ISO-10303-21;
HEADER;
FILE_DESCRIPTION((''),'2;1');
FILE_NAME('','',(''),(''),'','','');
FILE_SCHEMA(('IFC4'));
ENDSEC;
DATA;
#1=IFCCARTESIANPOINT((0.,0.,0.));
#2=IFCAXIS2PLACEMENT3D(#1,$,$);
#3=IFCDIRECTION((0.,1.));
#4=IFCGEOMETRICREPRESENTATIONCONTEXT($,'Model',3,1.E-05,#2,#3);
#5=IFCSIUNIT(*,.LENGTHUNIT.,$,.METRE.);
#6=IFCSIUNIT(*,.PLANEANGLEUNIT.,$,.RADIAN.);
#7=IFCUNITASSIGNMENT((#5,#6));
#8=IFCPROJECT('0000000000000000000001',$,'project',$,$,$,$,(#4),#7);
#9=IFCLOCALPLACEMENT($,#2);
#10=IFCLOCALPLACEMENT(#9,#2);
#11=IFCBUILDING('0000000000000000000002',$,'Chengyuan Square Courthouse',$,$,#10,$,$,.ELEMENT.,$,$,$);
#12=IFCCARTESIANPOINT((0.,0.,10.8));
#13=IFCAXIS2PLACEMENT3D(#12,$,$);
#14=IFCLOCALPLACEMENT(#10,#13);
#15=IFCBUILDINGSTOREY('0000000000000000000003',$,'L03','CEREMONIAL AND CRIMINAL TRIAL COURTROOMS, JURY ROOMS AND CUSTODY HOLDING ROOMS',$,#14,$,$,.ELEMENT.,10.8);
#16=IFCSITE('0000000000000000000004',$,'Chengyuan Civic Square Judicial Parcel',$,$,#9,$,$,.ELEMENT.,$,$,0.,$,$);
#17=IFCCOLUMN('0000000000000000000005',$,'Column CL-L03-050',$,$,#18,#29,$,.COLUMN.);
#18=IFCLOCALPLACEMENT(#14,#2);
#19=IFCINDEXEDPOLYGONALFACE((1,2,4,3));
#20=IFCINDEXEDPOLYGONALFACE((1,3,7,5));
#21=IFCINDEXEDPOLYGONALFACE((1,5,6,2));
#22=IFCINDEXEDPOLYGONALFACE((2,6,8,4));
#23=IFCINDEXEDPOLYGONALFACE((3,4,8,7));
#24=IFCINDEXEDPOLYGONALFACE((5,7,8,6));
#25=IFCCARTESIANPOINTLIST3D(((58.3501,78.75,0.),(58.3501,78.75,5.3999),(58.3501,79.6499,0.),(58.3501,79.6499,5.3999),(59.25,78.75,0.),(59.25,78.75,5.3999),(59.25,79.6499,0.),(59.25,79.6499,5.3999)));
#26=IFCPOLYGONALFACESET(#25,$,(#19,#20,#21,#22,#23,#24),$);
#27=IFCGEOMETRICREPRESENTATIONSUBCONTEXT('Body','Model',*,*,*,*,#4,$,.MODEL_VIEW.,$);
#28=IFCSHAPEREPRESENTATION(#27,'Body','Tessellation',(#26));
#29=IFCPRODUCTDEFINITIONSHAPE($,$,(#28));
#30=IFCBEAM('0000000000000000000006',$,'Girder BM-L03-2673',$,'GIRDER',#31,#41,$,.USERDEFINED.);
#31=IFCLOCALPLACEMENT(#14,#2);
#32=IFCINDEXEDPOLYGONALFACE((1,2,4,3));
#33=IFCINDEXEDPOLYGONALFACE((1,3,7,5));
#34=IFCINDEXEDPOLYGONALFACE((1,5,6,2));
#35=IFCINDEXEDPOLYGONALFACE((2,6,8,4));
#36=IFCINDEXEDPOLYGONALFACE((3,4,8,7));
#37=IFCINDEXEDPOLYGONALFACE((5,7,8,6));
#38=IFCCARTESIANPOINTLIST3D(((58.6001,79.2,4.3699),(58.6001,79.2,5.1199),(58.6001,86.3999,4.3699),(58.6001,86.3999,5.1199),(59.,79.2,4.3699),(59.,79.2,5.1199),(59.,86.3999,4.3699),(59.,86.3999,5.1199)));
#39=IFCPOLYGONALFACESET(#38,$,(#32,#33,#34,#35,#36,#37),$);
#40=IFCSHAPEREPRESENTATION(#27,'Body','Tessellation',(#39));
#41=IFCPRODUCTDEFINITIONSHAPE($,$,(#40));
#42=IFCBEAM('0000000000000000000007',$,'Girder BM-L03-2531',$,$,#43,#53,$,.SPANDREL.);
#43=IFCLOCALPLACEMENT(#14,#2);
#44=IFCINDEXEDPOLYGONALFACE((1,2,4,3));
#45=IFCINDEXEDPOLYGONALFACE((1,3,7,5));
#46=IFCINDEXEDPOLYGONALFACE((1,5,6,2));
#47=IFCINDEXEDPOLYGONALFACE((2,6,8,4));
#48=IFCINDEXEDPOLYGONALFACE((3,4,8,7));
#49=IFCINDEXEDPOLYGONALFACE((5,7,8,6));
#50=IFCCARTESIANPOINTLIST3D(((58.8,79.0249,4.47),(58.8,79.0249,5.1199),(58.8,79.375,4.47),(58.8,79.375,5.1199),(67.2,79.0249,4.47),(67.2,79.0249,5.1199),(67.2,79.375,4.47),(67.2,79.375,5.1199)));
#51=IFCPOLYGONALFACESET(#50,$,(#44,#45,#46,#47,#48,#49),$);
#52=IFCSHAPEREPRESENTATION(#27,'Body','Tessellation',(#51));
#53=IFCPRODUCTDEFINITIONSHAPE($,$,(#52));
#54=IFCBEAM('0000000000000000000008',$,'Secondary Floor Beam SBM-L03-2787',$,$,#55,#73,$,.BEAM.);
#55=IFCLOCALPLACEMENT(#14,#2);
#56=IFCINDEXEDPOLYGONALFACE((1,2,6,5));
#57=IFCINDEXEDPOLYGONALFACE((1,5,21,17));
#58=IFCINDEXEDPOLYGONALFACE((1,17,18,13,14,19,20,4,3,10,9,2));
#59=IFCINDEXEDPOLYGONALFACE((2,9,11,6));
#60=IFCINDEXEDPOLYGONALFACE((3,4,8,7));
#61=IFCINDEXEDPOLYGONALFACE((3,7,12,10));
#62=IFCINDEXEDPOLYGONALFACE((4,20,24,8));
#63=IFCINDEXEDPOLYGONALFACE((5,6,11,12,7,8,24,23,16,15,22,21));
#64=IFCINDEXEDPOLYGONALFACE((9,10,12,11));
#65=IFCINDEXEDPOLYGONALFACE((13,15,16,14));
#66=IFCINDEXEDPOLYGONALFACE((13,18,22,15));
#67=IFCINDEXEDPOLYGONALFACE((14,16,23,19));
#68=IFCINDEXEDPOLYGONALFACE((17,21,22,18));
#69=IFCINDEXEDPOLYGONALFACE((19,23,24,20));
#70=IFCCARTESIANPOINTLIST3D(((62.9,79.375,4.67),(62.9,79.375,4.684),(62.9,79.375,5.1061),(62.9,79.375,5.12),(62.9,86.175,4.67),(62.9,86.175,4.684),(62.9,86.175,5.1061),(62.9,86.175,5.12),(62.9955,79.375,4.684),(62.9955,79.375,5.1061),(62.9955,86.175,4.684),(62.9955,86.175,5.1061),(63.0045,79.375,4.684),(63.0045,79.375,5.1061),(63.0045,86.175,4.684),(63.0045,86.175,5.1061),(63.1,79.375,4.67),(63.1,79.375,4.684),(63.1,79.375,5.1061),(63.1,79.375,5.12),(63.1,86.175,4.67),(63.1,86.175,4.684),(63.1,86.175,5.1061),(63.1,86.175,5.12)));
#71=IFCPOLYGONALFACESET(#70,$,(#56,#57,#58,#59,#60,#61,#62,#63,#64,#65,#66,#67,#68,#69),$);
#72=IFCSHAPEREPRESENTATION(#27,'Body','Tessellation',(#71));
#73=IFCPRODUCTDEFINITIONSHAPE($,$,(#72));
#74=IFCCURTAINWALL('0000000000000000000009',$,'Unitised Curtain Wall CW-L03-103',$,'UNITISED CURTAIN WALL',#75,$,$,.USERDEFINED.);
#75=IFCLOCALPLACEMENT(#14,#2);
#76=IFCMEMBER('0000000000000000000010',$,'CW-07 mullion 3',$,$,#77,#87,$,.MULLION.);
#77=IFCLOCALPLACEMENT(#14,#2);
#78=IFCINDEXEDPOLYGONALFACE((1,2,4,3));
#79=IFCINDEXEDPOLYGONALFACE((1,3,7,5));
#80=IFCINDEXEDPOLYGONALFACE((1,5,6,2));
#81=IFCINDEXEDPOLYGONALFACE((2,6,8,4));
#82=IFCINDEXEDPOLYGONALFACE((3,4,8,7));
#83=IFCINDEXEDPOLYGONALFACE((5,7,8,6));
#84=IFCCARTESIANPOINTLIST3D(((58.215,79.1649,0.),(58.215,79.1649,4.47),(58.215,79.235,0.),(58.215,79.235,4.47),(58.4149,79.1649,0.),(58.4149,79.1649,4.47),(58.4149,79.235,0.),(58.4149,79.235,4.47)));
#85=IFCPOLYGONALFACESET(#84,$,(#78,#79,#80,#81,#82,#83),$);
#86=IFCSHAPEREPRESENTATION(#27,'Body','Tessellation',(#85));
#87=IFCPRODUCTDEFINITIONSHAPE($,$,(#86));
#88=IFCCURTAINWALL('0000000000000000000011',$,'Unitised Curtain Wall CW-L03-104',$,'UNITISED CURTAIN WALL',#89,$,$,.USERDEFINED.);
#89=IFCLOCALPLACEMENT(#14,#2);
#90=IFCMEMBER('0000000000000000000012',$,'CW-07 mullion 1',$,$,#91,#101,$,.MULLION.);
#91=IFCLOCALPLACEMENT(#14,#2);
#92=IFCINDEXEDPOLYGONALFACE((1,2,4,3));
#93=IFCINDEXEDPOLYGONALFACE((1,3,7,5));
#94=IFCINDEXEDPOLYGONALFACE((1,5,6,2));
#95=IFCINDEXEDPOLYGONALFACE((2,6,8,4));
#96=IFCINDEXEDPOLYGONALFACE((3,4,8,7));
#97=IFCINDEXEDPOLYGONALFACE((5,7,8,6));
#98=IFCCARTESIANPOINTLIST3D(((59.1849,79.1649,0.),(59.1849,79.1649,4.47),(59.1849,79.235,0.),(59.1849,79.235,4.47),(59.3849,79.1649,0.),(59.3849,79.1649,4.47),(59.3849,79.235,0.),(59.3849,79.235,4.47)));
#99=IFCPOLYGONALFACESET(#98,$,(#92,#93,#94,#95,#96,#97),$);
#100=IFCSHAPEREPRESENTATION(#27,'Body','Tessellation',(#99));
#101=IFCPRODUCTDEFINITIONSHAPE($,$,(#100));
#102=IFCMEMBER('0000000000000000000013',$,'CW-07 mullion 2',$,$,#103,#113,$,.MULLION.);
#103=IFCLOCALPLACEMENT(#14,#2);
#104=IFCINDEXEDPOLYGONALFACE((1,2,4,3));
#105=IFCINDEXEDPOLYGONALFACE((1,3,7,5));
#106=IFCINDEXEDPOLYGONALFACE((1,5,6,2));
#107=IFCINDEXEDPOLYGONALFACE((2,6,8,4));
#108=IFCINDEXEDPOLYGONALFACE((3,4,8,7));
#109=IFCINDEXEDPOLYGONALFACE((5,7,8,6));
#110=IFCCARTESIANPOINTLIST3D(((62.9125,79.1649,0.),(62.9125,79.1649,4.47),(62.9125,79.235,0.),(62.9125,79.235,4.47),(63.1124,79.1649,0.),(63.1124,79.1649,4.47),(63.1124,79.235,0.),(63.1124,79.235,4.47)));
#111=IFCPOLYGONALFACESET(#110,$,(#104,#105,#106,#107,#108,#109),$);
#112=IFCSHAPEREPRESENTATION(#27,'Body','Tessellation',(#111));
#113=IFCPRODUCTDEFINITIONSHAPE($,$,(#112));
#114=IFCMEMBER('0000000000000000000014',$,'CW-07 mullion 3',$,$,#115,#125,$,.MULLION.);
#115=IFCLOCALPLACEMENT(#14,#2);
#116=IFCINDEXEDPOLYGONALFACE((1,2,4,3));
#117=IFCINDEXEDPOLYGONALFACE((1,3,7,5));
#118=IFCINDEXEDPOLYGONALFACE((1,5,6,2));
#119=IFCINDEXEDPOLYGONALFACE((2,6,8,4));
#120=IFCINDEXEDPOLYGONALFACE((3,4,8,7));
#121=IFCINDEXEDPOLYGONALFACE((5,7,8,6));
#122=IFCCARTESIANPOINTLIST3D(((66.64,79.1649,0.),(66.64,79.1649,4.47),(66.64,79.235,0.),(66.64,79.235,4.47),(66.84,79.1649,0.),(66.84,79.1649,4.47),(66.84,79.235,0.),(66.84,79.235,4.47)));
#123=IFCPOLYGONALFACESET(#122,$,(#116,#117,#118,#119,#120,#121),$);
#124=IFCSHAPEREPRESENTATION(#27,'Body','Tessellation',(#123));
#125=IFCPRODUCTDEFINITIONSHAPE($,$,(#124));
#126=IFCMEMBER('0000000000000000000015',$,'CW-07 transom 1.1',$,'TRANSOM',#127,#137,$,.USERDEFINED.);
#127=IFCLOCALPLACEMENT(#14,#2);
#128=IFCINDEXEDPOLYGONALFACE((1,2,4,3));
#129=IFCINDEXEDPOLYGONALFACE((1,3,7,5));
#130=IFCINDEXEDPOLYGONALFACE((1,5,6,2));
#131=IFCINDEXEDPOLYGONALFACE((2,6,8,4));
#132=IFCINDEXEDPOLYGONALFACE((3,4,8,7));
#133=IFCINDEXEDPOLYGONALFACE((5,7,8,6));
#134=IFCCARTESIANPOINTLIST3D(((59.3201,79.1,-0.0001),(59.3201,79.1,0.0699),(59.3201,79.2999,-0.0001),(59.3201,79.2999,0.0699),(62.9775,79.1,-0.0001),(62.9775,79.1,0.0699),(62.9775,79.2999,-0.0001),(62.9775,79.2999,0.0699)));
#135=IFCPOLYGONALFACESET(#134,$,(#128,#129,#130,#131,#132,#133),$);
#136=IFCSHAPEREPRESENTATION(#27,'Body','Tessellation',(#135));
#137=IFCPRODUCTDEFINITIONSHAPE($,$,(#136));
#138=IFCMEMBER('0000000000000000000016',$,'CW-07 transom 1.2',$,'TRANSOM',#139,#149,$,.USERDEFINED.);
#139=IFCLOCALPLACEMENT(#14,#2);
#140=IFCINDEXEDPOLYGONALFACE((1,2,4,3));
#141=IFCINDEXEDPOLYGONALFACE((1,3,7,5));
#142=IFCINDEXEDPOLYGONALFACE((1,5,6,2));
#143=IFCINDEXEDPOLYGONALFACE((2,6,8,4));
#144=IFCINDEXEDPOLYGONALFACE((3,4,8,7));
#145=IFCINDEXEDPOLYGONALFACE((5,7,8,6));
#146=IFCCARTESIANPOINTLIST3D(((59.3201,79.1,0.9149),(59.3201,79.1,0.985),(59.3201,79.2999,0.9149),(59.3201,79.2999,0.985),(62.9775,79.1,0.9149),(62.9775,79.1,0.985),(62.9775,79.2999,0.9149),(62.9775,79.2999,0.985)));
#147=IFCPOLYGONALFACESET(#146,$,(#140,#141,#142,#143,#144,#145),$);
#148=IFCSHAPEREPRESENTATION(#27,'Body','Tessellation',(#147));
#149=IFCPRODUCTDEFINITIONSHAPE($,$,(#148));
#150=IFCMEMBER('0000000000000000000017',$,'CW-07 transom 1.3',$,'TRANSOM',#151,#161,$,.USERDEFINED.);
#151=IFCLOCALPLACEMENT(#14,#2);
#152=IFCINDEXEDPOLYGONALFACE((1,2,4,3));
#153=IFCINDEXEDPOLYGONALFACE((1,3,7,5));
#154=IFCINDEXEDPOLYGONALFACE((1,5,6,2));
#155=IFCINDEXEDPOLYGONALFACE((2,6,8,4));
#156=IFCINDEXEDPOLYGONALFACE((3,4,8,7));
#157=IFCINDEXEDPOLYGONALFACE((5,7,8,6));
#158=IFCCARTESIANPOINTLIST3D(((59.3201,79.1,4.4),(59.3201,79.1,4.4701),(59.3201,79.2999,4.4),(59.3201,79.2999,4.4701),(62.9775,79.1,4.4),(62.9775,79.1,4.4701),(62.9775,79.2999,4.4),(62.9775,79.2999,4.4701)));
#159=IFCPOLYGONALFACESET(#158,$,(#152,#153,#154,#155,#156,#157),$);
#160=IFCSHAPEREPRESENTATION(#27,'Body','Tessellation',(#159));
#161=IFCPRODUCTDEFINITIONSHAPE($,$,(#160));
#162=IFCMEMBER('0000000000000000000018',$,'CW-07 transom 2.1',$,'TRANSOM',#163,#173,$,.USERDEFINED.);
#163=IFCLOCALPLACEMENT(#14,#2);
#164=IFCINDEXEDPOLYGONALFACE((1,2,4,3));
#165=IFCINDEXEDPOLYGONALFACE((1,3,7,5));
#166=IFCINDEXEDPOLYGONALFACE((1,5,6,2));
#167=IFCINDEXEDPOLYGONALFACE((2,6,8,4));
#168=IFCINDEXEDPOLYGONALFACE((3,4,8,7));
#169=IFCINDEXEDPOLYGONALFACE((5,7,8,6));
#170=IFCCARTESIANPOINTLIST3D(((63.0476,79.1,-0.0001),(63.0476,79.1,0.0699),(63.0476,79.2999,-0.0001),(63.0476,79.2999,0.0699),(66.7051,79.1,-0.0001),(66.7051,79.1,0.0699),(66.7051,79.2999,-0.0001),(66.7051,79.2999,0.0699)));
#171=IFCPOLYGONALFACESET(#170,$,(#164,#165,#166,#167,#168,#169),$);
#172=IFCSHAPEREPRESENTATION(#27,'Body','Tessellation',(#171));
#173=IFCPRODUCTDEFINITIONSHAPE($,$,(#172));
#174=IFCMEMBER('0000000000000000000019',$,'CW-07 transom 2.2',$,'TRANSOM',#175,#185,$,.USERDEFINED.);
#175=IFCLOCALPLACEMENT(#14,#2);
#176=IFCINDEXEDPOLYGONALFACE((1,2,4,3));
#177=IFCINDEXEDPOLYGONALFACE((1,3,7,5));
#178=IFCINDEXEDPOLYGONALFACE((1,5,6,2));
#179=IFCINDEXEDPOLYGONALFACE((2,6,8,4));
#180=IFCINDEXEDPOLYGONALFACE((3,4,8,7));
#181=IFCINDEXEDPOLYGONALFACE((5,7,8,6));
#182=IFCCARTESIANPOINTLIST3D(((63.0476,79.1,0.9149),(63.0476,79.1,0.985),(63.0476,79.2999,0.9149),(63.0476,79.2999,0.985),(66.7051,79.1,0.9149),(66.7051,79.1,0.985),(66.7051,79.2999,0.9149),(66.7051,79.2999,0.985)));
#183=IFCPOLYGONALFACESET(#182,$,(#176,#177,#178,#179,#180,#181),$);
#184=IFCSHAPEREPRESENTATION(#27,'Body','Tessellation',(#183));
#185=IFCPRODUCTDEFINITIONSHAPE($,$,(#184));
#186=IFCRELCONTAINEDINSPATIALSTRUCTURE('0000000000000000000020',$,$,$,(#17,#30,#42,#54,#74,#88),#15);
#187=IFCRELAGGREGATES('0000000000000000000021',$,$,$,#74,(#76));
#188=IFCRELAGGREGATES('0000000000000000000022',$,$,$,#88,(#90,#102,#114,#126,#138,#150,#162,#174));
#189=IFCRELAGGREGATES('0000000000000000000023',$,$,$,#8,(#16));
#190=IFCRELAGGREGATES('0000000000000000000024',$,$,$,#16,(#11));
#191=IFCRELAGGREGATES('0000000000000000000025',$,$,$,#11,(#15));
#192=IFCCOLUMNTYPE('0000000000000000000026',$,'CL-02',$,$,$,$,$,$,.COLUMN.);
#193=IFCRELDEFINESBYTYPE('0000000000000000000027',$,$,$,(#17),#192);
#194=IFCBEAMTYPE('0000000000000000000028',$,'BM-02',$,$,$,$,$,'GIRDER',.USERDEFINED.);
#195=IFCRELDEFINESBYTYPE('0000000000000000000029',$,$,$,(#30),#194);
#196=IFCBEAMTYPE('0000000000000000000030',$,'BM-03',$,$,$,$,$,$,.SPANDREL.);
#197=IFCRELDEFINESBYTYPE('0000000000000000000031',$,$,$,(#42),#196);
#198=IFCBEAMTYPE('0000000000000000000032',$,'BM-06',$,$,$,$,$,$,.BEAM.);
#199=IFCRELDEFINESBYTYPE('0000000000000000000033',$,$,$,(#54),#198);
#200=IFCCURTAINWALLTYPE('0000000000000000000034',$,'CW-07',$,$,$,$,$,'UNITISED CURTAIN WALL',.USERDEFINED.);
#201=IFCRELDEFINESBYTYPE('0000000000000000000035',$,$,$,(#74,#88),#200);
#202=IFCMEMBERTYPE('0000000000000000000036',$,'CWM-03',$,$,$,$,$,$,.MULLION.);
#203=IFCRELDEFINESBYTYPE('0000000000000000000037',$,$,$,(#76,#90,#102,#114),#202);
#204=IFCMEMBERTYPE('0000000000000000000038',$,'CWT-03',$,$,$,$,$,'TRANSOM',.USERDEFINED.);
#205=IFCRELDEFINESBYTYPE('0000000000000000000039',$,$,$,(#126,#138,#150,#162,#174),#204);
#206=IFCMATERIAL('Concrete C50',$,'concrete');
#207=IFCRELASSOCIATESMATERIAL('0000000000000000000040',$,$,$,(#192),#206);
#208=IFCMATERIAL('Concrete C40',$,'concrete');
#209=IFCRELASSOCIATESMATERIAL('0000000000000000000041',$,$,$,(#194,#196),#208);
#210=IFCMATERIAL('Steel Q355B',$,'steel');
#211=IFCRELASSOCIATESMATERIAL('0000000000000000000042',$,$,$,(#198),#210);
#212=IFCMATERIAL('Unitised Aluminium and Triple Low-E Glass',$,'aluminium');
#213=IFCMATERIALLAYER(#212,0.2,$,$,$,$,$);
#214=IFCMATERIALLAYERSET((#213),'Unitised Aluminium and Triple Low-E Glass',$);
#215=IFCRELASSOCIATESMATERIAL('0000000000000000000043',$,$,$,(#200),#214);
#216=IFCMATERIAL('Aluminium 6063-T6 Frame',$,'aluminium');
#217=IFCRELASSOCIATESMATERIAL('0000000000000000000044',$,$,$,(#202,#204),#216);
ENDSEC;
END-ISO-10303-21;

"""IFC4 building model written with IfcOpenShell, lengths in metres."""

from ifc_helpers import new_model, si_unit, direction, frame, origin, origin_2d, place, context, subcontext, project, spatial, rectangle, i_section, extrude, material, layer, layer_set, material_profile, profile_set, type_object, element, aggregate, save


model = new_model("IFC4")

# Units and contexts
model_context = context("Model", 3, precision=1e-05, world=origin(), true_north=direction((0.0, 1.0)))
body_context = subcontext(model_context, "Body", "Model", "MODEL_VIEW")
ifc_project = project(units=[si_unit("LENGTHUNIT", "METRE"), si_unit("PLANEANGLEUNIT", "RADIAN")], contexts=[model_context])

# Site, building, storey
site_placement = place(None, origin())
site = spatial("IfcSite", under=ifc_project, at=site_placement, Name="Chengyuan Civic Square Judicial Parcel", CompositionType="ELEMENT", RefElevation=0.0)
building_placement = place(site_placement, origin())
building = spatial("IfcBuilding", under=site, at=building_placement, Name="Chengyuan Square Courthouse", CompositionType="ELEMENT")
storey_placement = place(building_placement, frame((0.0, 0.0, 10.8)))
storey = spatial("IfcBuildingStorey", under=building, at=storey_placement, Name="L03", Description="CEREMONIAL AND CRIMINAL TRIAL COURTROOMS, JURY ROOMS AND CUSTODY HOLDING ROOMS", CompositionType="ELEMENT", Elevation=10.8)

# Column
ifc_material_1 = material(Name="Concrete C50", Category="concrete")
ifc_material_profile_1 = material_profile(ifc_material_1, rectangle(XDim=0.8999, YDim=0.8999, at=origin_2d()), Name="RC-COL-900x900")
ifc_profile_set_1 = profile_set([ifc_material_profile_1], Name="Concrete C50")
column_type = type_object("IfcColumnType", Name="CL-02", PredefinedType="COLUMN", material=ifc_profile_set_1)
column_placement = place(storey_placement, frame((58.8, 79.2, 0.0), z_axis=(0.0, 0.0, 1.0), x_axis=(1.0, 0.0, 0.0)))
element("IfcColumn", 1, at=column_placement, inside=storey, type_object=column_type, Name="Column CL-L03-050", PredefinedType="COLUMN", context=body_context, shape_type="SweptSolid", body=[
    extrude(rectangle(XDim=0.8999, YDim=0.8999, at=origin_2d()), origin(), (0.0, 0.0, 1.0), 5.3999),
])

# Beams
ifc_material_2 = material(Name="Concrete C40", Category="concrete")
ifc_material_profile_2 = material_profile(ifc_material_2, rectangle(XDim=0.3999, YDim=0.75, at=origin_2d()), Name="RC-BM-400x750")
ifc_profile_set_2 = profile_set([ifc_material_profile_2], Name="Concrete C40")
beam_type_1 = type_object("IfcBeamType", Name="BM-02", ElementType="GIRDER", PredefinedType="USERDEFINED", material=ifc_profile_set_2)
beam_1_placement = place(storey_placement, frame((58.8, 79.2, 4.7449), z_axis=(0.0, 1.0, 0.0), x_axis=(-1.0, 0.0, 0.0)))
element("IfcBeam", 2, at=beam_1_placement, inside=storey, type_object=beam_type_1, Name="Girder BM-L03-2673", ObjectType="GIRDER", PredefinedType="USERDEFINED", context=body_context, shape_type="SweptSolid", body=[
    extrude(rectangle(XDim=0.3999, YDim=0.75, at=origin_2d()), origin(), (0.0, 0.0, 1.0), 7.2),
])
ifc_material_profile_3 = material_profile(ifc_material_2, rectangle(XDim=0.3501, YDim=0.6499, at=origin_2d()), Name="RC-BM-350x650")
ifc_profile_set_3 = profile_set([ifc_material_profile_3], Name="Concrete C40")
beam_type_2 = type_object("IfcBeamType", Name="BM-03", PredefinedType="SPANDREL", material=ifc_profile_set_3)
beam_2_placement = place(storey_placement, frame((58.8, 79.2, 4.7949), z_axis=(1.0, 0.0, 0.0), x_axis=(0.0, 1.0, 0.0)))
element("IfcBeam", 3, at=beam_2_placement, inside=storey, type_object=beam_type_2, Name="Girder BM-L03-2531", PredefinedType="SPANDREL", context=body_context, shape_type="SweptSolid", body=[
    extrude(rectangle(XDim=0.3501, YDim=0.6499, at=origin_2d()), origin(), (0.0, 0.0, 1.0), 8.3999),
])
ifc_material_3 = material(Name="Steel Q355B", Category="steel")
ifc_material_profile_4 = material_profile(ifc_material_3, i_section(OverallWidth=0.2, OverallDepth=0.45, WebThickness=0.009, FlangeThickness=0.0139, at=origin_2d()), Name="HN 450x200x9x14")
ifc_profile_set_4 = profile_set([ifc_material_profile_4], Name="Steel Q355B")
beam_type_3 = type_object("IfcBeamType", Name="BM-06", PredefinedType="BEAM", material=ifc_profile_set_4)
beam_3_placement = place(storey_placement, frame((63.0, 79.375, 4.895), z_axis=(0.0, 1.0, 0.0), x_axis=(-1.0, 0.0, 0.0)))
element("IfcBeam", 4, at=beam_3_placement, inside=storey, type_object=beam_type_3, Name="Secondary Floor Beam SBM-L03-2787", PredefinedType="BEAM", context=body_context, shape_type="SweptSolid", body=[
    extrude(i_section(OverallWidth=0.2, OverallDepth=0.45, WebThickness=0.009, FlangeThickness=0.0139, at=origin_2d()), origin(), (0.0, 0.0, 1.0), 6.8),
])

# Curtain wall, member
ifc_material_4 = material(Name="Unitised Aluminium and Triple Low-E Glass", Category="aluminium")
ifc_layer_1 = layer(ifc_material_4, 0.2)
ifc_layer_set_1 = layer_set([ifc_layer_1], Name="Unitised Aluminium and Triple Low-E Glass")
curtain_wall_type = type_object("IfcCurtainWallType", Name="CW-07", ElementType="UNITISED CURTAIN WALL", PredefinedType="USERDEFINED", material=ifc_layer_set_1)
curtain_wall_1_placement = place(storey_placement, origin())
curtain_wall_1 = element("IfcCurtainWall", 5, at=curtain_wall_1_placement, inside=storey, type_object=curtain_wall_type, Name="Unitised Curtain Wall CW-L03-103", ObjectType="UNITISED CURTAIN WALL", PredefinedType="USERDEFINED")
ifc_material_5 = material(Name="Aluminium 6063-T6 Frame", Category="aluminium")
ifc_material_profile_5 = material_profile(ifc_material_5, rectangle(XDim=0.0701, YDim=0.2, at=origin_2d()), Name="CW-MUL-70x200")
ifc_profile_set_5 = profile_set([ifc_material_profile_5], Name="Aluminium 6063-T6 Frame")
member_type_1 = type_object("IfcMemberType", Name="CWM-03", PredefinedType="MULLION", material=ifc_profile_set_5)
member_1_placement = place(storey_placement, frame((58.3149, 79.2, 0.0), z_axis=(0.0, 0.0, 1.0), x_axis=(0.0, 1.0, 0.0)))
member_1 = element("IfcMember", 6, at=member_1_placement, type_object=member_type_1, Name="CW-07 mullion 3", PredefinedType="MULLION", context=body_context, shape_type="SweptSolid", body=[
    extrude(rectangle(XDim=0.0701, YDim=0.2, at=origin_2d()), origin(), (0.0, 0.0, 1.0), 4.47),
])
aggregate(curtain_wall_1, [member_1])

# Curtain wall, members
curtain_wall_2_placement = place(storey_placement, origin())
curtain_wall_2 = element("IfcCurtainWall", 7, at=curtain_wall_2_placement, inside=storey, type_object=curtain_wall_type, Name="Unitised Curtain Wall CW-L03-104", ObjectType="UNITISED CURTAIN WALL", PredefinedType="USERDEFINED")
member_2_placement = place(storey_placement, frame((59.2849, 79.2, 0.0), z_axis=(0.0, 0.0, 1.0), x_axis=(0.0, 1.0, 0.0)))
member_2 = element("IfcMember", 8, at=member_2_placement, type_object=member_type_1, Name="CW-07 mullion 1", PredefinedType="MULLION", context=body_context, shape_type="SweptSolid", body=[
    extrude(rectangle(XDim=0.0701, YDim=0.2, at=origin_2d()), origin(), (0.0, 0.0, 1.0), 4.47),
])
member_3_placement = place(storey_placement, frame((63.0125, 79.2, 0.0), z_axis=(0.0, 0.0, 1.0), x_axis=(0.0, 1.0, 0.0)))
member_3 = element("IfcMember", 9, at=member_3_placement, type_object=member_type_1, Name="CW-07 mullion 2", PredefinedType="MULLION", context=body_context, shape_type="SweptSolid", body=[
    extrude(rectangle(XDim=0.0701, YDim=0.2, at=origin_2d()), origin(), (0.0, 0.0, 1.0), 4.47),
])
member_4_placement = place(storey_placement, frame((66.74, 79.2, 0.0), z_axis=(0.0, 0.0, 1.0), x_axis=(0.0, 1.0, 0.0)))
member_4 = element("IfcMember", 10, at=member_4_placement, type_object=member_type_1, Name="CW-07 mullion 3", PredefinedType="MULLION", context=body_context, shape_type="SweptSolid", body=[
    extrude(rectangle(XDim=0.0701, YDim=0.2, at=origin_2d()), origin(), (0.0, 0.0, 1.0), 4.47),
])
ifc_material_profile_6 = material_profile(ifc_material_5, rectangle(XDim=0.2, YDim=0.0701, at=origin_2d()), Name="CW-TRN-70x160")
ifc_profile_set_6 = profile_set([ifc_material_profile_6], Name="Aluminium 6063-T6 Frame")
member_type_2 = type_object("IfcMemberType", Name="CWT-03", ElementType="TRANSOM", PredefinedType="USERDEFINED", material=ifc_profile_set_6)
member_5_placement = place(storey_placement, frame((59.3201, 79.2, 0.0349), z_axis=(1.0, 0.0, 0.0), x_axis=(0.0, 1.0, 0.0)))
member_5 = element("IfcMember", 11, at=member_5_placement, type_object=member_type_2, Name="CW-07 transom 1.1", ObjectType="TRANSOM", PredefinedType="USERDEFINED", context=body_context, shape_type="SweptSolid", body=[
    extrude(rectangle(XDim=0.2, YDim=0.0701, at=origin_2d()), origin(), (0.0, 0.0, 1.0), 3.6575),
])
member_6_placement = place(storey_placement, frame((59.3201, 79.2, 0.95), z_axis=(1.0, 0.0, 0.0), x_axis=(0.0, 1.0, 0.0)))
member_6 = element("IfcMember", 12, at=member_6_placement, type_object=member_type_2, Name="CW-07 transom 1.2", ObjectType="TRANSOM", PredefinedType="USERDEFINED", context=body_context, shape_type="SweptSolid", body=[
    extrude(rectangle(XDim=0.2, YDim=0.0701, at=origin_2d()), origin(), (0.0, 0.0, 1.0), 3.6575),
])
member_7_placement = place(storey_placement, frame((59.3201, 79.2, 4.4351), z_axis=(1.0, 0.0, 0.0), x_axis=(0.0, 1.0, 0.0)))
member_7 = element("IfcMember", 13, at=member_7_placement, type_object=member_type_2, Name="CW-07 transom 1.3", ObjectType="TRANSOM", PredefinedType="USERDEFINED", context=body_context, shape_type="SweptSolid", body=[
    extrude(rectangle(XDim=0.2, YDim=0.0701, at=origin_2d()), origin(), (0.0, 0.0, 1.0), 3.6575),
])
member_8_placement = place(storey_placement, frame((63.0476, 79.2, 0.0349), z_axis=(1.0, 0.0, 0.0), x_axis=(0.0, 1.0, 0.0)))
member_8 = element("IfcMember", 14, at=member_8_placement, type_object=member_type_2, Name="CW-07 transom 2.1", ObjectType="TRANSOM", PredefinedType="USERDEFINED", context=body_context, shape_type="SweptSolid", body=[
    extrude(rectangle(XDim=0.2, YDim=0.0701, at=origin_2d()), origin(), (0.0, 0.0, 1.0), 3.6575),
])
member_9_placement = place(storey_placement, frame((63.0476, 79.2, 0.95), z_axis=(1.0, 0.0, 0.0), x_axis=(0.0, 1.0, 0.0)))
member_9 = element("IfcMember", 15, at=member_9_placement, type_object=member_type_2, Name="CW-07 transom 2.2", ObjectType="TRANSOM", PredefinedType="USERDEFINED", context=body_context, shape_type="SweptSolid", body=[
    extrude(rectangle(XDim=0.2, YDim=0.0701, at=origin_2d()), origin(), (0.0, 0.0, 1.0), 3.6575),
])
aggregate(curtain_wall_2, [member_2, member_3, member_4, member_5, member_6, member_7, member_8, member_9])

save(model, "model.ifc")
